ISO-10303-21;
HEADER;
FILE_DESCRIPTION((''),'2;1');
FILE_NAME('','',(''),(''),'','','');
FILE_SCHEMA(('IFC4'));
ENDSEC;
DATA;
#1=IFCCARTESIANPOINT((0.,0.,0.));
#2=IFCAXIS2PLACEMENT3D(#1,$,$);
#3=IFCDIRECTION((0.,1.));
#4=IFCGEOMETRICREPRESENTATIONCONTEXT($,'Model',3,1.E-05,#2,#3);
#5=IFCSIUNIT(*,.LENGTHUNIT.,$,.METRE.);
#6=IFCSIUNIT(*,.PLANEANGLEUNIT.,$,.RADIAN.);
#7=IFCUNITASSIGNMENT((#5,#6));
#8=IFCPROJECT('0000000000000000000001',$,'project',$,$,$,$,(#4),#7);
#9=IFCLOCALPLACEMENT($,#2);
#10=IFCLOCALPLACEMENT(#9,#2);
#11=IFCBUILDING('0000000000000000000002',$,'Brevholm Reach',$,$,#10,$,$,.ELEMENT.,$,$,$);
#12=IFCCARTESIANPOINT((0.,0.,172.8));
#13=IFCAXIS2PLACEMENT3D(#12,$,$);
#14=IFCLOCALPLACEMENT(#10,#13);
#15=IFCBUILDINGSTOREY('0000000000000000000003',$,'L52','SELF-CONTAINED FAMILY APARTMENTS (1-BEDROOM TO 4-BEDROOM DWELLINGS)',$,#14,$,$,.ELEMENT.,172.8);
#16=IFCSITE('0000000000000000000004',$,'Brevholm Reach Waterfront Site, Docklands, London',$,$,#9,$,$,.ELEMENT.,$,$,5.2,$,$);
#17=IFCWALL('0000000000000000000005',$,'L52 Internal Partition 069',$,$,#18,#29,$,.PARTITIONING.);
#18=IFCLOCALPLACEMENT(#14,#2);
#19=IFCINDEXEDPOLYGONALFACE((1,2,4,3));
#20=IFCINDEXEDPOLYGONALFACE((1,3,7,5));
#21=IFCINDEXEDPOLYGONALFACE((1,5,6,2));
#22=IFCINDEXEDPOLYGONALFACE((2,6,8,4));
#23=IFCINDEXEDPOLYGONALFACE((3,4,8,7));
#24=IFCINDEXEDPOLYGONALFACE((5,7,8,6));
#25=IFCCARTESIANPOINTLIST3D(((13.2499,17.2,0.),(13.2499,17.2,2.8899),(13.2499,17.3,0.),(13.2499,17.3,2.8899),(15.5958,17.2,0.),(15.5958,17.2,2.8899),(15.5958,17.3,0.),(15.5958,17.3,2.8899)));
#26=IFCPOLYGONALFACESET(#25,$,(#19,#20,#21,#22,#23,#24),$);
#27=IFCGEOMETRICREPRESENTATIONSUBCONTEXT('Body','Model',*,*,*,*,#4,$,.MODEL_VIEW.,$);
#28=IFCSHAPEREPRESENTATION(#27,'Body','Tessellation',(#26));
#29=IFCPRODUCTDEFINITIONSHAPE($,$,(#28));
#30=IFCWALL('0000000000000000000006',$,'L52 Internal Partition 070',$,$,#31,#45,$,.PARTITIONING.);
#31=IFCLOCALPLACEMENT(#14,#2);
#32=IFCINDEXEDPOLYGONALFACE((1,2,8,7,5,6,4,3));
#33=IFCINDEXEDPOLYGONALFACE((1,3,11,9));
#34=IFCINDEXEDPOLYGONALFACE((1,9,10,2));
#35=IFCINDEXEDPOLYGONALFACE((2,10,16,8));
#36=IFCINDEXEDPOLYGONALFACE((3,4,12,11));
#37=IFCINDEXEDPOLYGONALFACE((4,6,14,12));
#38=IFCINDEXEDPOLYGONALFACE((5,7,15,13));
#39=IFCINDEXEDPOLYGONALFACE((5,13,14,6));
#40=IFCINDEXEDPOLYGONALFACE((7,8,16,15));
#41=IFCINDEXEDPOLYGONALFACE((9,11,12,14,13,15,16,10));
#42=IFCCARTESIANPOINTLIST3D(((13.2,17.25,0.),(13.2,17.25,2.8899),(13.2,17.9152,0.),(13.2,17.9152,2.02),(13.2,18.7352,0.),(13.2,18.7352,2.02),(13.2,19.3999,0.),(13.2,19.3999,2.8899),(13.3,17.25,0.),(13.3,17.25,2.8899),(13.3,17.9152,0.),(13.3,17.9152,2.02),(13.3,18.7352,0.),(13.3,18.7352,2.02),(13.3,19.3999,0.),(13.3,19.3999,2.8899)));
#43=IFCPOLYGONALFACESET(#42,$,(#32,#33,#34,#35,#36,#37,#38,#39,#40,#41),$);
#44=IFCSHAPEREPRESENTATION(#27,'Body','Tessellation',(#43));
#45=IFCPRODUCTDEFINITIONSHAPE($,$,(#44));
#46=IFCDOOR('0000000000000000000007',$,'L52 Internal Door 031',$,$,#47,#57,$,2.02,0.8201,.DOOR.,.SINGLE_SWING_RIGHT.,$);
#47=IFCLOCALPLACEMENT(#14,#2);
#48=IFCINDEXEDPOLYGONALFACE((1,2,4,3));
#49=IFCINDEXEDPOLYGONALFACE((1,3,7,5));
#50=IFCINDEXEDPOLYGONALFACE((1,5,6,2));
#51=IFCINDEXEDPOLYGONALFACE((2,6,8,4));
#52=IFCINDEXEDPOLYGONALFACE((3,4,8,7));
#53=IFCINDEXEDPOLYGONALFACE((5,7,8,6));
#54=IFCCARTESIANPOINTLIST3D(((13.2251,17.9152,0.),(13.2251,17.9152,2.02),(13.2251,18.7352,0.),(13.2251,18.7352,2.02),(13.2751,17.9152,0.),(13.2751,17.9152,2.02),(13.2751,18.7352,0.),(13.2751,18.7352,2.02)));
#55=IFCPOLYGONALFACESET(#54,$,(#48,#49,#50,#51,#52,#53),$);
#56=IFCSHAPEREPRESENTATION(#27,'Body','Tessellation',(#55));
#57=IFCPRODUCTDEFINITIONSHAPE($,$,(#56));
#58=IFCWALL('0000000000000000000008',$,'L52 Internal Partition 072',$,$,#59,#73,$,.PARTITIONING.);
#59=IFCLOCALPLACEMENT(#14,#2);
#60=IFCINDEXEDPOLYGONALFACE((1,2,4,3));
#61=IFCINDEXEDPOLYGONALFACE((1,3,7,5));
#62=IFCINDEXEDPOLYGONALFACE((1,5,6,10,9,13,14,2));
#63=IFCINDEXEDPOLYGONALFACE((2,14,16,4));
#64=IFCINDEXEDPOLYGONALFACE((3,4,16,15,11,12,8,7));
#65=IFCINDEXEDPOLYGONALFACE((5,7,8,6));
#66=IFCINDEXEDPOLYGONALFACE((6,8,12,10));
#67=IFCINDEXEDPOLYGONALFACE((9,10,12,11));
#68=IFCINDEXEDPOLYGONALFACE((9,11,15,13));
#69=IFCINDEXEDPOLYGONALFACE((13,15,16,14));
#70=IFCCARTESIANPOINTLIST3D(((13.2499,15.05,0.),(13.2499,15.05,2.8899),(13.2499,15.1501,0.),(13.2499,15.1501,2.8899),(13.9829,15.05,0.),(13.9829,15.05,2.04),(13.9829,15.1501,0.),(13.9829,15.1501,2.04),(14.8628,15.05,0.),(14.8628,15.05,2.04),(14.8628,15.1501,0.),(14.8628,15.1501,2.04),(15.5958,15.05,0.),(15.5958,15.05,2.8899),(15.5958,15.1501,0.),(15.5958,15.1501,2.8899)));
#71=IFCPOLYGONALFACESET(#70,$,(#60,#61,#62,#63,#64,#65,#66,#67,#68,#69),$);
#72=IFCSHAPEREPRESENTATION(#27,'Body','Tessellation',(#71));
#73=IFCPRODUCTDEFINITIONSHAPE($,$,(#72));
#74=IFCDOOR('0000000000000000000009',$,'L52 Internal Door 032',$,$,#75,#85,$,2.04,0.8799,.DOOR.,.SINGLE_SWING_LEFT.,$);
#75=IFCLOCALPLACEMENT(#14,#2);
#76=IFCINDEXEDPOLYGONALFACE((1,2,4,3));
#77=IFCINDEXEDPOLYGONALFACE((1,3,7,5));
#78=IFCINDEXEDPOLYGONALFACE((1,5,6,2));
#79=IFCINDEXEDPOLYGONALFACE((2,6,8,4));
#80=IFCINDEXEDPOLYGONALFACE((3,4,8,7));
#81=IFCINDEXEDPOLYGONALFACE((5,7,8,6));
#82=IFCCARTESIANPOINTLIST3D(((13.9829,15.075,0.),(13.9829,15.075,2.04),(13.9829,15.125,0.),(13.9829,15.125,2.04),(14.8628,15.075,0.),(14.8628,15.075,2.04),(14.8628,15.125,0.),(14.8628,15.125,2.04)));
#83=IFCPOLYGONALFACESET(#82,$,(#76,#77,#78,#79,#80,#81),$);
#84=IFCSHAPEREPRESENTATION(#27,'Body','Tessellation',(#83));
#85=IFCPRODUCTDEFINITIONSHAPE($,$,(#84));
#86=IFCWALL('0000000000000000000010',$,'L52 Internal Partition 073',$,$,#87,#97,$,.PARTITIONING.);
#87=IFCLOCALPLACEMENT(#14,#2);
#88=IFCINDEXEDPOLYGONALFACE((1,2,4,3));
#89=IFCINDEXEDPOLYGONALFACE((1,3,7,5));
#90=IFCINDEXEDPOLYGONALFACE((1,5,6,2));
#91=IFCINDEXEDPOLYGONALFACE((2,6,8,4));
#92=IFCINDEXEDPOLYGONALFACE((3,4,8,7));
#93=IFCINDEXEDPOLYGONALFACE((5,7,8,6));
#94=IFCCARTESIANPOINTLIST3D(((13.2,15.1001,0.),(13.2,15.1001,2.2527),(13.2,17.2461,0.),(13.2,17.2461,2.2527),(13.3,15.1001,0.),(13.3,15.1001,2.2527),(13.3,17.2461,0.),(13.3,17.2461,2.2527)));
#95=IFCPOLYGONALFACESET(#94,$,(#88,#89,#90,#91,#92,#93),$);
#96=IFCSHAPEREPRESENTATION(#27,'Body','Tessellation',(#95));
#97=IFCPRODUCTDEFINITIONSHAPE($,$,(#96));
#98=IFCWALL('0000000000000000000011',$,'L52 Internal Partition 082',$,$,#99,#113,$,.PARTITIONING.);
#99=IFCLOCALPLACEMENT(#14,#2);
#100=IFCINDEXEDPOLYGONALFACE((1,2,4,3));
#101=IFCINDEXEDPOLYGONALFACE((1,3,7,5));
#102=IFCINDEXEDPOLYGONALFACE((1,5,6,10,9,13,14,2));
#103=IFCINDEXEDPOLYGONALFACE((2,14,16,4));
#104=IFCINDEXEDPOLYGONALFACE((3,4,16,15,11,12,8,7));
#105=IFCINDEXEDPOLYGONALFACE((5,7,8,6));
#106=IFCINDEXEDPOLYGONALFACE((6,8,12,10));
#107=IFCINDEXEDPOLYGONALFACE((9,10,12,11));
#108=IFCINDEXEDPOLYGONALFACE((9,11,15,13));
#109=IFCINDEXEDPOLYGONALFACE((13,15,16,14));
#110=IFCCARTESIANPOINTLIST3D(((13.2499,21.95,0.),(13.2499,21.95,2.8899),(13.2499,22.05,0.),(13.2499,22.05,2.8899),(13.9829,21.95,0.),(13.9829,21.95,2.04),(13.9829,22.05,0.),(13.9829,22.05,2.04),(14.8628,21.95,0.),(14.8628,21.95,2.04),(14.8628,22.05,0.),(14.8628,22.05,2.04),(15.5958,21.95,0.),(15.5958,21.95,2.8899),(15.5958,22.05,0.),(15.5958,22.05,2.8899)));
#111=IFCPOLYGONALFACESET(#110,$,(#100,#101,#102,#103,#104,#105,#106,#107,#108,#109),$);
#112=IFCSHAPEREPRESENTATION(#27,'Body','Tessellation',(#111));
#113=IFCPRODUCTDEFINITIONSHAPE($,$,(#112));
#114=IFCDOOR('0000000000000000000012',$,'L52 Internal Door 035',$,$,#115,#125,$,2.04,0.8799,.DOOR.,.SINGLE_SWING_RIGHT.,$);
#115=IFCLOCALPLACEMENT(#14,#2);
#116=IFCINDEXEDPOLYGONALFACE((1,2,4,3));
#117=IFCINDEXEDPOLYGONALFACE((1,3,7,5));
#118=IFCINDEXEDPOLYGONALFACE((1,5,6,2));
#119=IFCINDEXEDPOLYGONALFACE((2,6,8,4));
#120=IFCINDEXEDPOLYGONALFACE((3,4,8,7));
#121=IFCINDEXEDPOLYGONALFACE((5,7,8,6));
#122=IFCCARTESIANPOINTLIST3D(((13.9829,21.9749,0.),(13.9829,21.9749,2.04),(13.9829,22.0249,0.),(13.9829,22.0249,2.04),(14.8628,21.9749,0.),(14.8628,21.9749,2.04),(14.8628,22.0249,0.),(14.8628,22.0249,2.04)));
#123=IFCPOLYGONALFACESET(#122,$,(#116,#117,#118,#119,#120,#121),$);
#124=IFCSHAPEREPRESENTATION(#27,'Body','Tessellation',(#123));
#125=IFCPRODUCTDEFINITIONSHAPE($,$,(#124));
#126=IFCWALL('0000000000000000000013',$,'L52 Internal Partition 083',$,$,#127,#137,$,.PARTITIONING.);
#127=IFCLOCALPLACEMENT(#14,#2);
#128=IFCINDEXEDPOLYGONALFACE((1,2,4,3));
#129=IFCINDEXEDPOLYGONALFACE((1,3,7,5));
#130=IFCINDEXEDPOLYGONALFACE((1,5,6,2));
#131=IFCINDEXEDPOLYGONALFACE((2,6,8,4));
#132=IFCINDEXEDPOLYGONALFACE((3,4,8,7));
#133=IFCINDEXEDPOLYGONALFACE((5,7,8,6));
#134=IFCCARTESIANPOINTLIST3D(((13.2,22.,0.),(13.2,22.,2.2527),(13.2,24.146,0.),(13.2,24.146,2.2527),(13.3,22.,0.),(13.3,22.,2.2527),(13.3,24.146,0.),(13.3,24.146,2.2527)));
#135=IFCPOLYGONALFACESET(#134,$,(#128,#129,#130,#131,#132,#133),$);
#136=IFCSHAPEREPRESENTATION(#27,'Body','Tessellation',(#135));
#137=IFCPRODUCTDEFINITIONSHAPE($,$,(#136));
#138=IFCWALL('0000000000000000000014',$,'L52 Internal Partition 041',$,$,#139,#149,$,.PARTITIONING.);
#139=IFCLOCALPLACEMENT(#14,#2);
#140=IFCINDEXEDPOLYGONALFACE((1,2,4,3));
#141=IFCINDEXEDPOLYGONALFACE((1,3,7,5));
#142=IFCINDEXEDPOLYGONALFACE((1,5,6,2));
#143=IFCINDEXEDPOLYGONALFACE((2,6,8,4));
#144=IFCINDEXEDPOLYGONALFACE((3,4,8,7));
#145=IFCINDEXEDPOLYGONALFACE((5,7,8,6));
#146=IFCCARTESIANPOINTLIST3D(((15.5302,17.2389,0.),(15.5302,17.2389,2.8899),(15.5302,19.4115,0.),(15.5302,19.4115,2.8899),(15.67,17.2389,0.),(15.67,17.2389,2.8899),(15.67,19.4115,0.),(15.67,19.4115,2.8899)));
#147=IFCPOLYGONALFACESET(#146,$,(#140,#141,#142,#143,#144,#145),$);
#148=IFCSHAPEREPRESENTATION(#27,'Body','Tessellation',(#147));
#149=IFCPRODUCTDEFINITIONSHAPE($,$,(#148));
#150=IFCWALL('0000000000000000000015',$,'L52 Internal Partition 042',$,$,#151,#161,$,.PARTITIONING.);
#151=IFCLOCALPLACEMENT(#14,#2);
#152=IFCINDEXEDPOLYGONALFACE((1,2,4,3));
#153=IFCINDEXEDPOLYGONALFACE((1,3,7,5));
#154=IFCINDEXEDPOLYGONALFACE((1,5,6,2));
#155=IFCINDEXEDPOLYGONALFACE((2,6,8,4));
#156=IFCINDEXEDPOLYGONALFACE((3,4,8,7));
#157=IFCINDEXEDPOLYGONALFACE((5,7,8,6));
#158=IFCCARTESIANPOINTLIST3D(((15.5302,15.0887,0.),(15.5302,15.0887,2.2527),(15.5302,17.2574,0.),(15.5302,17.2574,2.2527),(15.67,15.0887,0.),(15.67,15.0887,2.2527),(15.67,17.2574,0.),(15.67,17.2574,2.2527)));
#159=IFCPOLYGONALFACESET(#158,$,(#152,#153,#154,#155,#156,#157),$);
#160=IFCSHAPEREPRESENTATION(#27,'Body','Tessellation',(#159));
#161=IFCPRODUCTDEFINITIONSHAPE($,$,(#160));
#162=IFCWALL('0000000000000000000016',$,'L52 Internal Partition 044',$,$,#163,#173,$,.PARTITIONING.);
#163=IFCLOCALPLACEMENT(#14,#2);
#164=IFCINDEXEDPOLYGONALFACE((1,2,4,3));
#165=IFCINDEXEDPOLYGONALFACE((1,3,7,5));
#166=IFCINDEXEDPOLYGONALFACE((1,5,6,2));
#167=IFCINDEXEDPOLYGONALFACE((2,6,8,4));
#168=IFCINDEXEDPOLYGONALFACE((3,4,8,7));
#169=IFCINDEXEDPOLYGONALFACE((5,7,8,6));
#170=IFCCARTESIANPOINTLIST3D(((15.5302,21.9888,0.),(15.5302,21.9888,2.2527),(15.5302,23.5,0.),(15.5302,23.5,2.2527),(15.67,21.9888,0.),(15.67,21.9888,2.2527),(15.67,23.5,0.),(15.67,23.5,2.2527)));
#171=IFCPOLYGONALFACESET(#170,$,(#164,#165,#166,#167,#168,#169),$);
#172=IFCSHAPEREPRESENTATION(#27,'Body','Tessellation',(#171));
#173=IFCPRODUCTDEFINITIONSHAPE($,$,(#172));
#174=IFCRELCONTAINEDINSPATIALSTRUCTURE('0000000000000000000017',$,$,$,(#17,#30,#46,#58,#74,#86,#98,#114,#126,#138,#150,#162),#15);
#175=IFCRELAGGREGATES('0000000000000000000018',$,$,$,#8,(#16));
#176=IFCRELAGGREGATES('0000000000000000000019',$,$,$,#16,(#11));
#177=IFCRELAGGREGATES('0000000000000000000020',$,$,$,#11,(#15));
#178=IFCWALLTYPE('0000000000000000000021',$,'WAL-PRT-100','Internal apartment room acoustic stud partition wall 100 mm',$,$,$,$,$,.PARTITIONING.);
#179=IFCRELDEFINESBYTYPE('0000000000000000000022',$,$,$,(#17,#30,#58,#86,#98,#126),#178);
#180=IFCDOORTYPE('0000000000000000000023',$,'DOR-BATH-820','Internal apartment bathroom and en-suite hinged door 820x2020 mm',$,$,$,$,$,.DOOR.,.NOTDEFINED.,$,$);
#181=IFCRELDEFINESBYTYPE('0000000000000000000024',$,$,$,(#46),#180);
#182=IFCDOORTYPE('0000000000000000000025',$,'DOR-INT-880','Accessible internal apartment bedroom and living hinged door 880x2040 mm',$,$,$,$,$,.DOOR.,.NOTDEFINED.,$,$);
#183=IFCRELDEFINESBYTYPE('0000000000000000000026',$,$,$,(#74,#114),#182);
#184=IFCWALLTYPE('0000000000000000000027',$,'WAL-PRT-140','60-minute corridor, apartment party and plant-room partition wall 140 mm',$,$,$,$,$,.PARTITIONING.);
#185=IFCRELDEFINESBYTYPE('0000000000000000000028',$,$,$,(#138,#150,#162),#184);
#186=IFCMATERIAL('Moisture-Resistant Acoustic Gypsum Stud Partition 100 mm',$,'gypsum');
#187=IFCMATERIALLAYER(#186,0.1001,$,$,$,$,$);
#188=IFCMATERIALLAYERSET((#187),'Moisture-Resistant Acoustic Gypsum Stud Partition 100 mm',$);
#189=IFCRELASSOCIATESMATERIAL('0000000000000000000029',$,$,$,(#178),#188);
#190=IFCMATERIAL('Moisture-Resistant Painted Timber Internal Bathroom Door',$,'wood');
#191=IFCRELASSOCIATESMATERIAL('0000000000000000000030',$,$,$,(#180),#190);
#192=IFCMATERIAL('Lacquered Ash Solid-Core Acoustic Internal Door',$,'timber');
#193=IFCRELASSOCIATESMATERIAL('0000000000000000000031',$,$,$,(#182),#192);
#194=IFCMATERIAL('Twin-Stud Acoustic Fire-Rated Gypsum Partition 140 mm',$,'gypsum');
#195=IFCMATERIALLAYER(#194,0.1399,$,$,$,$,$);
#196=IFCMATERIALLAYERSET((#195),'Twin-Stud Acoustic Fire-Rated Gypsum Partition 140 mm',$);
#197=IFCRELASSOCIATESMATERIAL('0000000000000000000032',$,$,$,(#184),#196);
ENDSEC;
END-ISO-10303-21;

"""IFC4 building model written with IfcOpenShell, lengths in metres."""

from ifc_helpers import new_model, si_unit, direction, frame, frame_2d, origin, place, context, subcontext, project, spatial, rectangle, extrude, material, layer, layer_set, type_object, element, fill, save


model = new_model("IFC4")

# Units and contexts
model_context = context("Model", 3, precision=1e-05, world=origin(), true_north=direction((0.0, 1.0)))
body_context = subcontext(model_context, "Body", "Model", "MODEL_VIEW")
ifc_project = project(units=[si_unit("LENGTHUNIT", "METRE"), si_unit("PLANEANGLEUNIT", "RADIAN")], contexts=[model_context])

# Site, building, storey
site_placement = place(None, origin())
site = spatial("IfcSite", under=ifc_project, at=site_placement, Name="Brevholm Reach Waterfront Site, Docklands, London", CompositionType="ELEMENT", RefElevation=5.2)
building_placement = place(site_placement, origin())
building = spatial("IfcBuilding", under=site, at=building_placement, Name="Brevholm Reach", CompositionType="ELEMENT")
storey_placement = place(building_placement, frame((0.0, 0.0, 172.8)))
storey = spatial("IfcBuildingStorey", under=building, at=storey_placement, Name="L52", Description="SELF-CONTAINED FAMILY APARTMENTS (1-BEDROOM TO 4-BEDROOM DWELLINGS)", CompositionType="ELEMENT", Elevation=172.8)

# Wall
ifc_material_1 = material(Name="Moisture-Resistant Acoustic Gypsum Stud Partition 100 mm", Category="gypsum")
ifc_layer_1 = layer(ifc_material_1, 0.1001)
ifc_layer_set_1 = layer_set([ifc_layer_1], Name="Moisture-Resistant Acoustic Gypsum Stud Partition 100 mm")
wall_type_1 = type_object("IfcWallType", Name="WAL-PRT-100", Description="Internal apartment room acoustic stud partition wall 100 mm", PredefinedType="PARTITIONING", material=ifc_layer_set_1)
wall_1_placement = place(storey_placement, frame((13.25, 17.25, 0.0), z_axis=(0.0, 0.0, 1.0), x_axis=(1.0, 0.0, 0.0)))
element("IfcWall", 1, at=wall_1_placement, inside=storey, type_object=wall_type_1, Name="L52 Internal Partition 069", PredefinedType="PARTITIONING", context=body_context, shape_type="SweptSolid", body=[
    extrude(rectangle(XDim=2.3459, YDim=0.1001, at=frame_2d((1.1729, 0.0))), origin(), (0.0, 0.0, 1.0), 2.8899),
])

# Walls, openings, doors
wall_2_placement = place(storey_placement, frame((13.25, 17.25, 0.0), z_axis=(0.0, 0.0, 1.0), x_axis=(0.0, 1.0, 0.0)))
wall_2 = element("IfcWall", 2, at=wall_2_placement, inside=storey, type_object=wall_type_1, Name="L52 Internal Partition 070", PredefinedType="PARTITIONING", context=body_context, shape_type="SweptSolid", body=[
    extrude(rectangle(XDim=2.1499, YDim=0.1001, at=frame_2d((1.075, 0.0))), origin(), (0.0, 0.0, 1.0), 2.8899),
])
opening_1_placement = place(wall_2_placement, frame((0.665, 0.0, 0.0)))
opening_1 = element("IfcOpeningElement", 3, at=opening_1_placement, cuts=wall_2, PredefinedType="OPENING", context=body_context, shape_type="SweptSolid", body=[
    extrude(rectangle(XDim=0.8201, YDim=2.02, at=frame_2d((0.4102, 1.01))), frame((0.0, 0.0601, 0.0), z_axis=(0.0, -1.0, 0.0), x_axis=(1.0, 0.0, 0.0)), (0.0, 0.0, 1.0), 0.1201),
])
ifc_material_2 = material(Name="Moisture-Resistant Painted Timber Internal Bathroom Door", Category="wood")
door_type_1 = type_object("IfcDoorType", Name="DOR-BATH-820", Description="Internal apartment bathroom and en-suite hinged door 820x2020 mm", OperationType="NOTDEFINED", PredefinedType="DOOR", material=ifc_material_2)
door_1_placement = place(opening_1_placement, origin())
door_1 = element("IfcDoor", 4, at=door_1_placement, inside=storey, type_object=door_type_1, Name="L52 Internal Door 031", OperationType="SINGLE_SWING_RIGHT", OverallHeight=2.02, OverallWidth=0.8201, PredefinedType="DOOR", context=body_context, shape_type="SweptSolid", body=[
    extrude(rectangle(XDim=0.8201, YDim=2.02, at=frame_2d((0.4102, 1.01))), frame((0.0, 0.0249, 0.0), z_axis=(0.0, -1.0, 0.0), x_axis=(1.0, 0.0, 0.0)), (0.0, 0.0, 1.0), 0.05),
])
fill(opening_1, door_1)
wall_3_placement = place(storey_placement, frame((13.25, 15.1001, 0.0), z_axis=(0.0, 0.0, 1.0), x_axis=(1.0, 0.0, 0.0)))
wall_3 = element("IfcWall", 5, at=wall_3_placement, inside=storey, type_object=wall_type_1, Name="L52 Internal Partition 072", PredefinedType="PARTITIONING", context=body_context, shape_type="SweptSolid", body=[
    extrude(rectangle(XDim=2.3459, YDim=0.1001, at=frame_2d((1.1729, 0.0))), origin(), (0.0, 0.0, 1.0), 2.8899),
])
opening_2_placement = place(wall_3_placement, frame((0.7329, 0.0, 0.0)))
opening_2 = element("IfcOpeningElement", 6, at=opening_2_placement, cuts=wall_3, PredefinedType="OPENING", context=body_context, shape_type="SweptSolid", body=[
    extrude(rectangle(XDim=0.8799, YDim=2.04, at=frame_2d((0.4399, 1.02))), frame((0.0, 0.0601, 0.0), z_axis=(0.0, -1.0, 0.0), x_axis=(1.0, 0.0, 0.0)), (0.0, 0.0, 1.0), 0.1201),
])
ifc_material_3 = material(Name="Lacquered Ash Solid-Core Acoustic Internal Door", Category="timber")
door_type_2 = type_object("IfcDoorType", Name="DOR-INT-880", Description="Accessible internal apartment bedroom and living hinged door 880x2040 mm", OperationType="NOTDEFINED", PredefinedType="DOOR", material=ifc_material_3)
door_2_placement = place(opening_2_placement, origin())
door_2 = element("IfcDoor", 7, at=door_2_placement, inside=storey, type_object=door_type_2, Name="L52 Internal Door 032", OperationType="SINGLE_SWING_LEFT", OverallHeight=2.04, OverallWidth=0.8799, PredefinedType="DOOR", context=body_context, shape_type="SweptSolid", body=[
    extrude(rectangle(XDim=0.8799, YDim=2.04, at=frame_2d((0.4399, 1.02))), frame((0.0, 0.0249, 0.0), z_axis=(0.0, -1.0, 0.0), x_axis=(1.0, 0.0, 0.0)), (0.0, 0.0, 1.0), 0.05),
])
fill(opening_2, door_2)

# Wall
wall_4_placement = place(storey_placement, frame((13.25, 15.1001, 0.0), z_axis=(0.0, 0.0, 1.0), x_axis=(0.0, 1.0, 0.0)))
element("IfcWall", 8, at=wall_4_placement, inside=storey, type_object=wall_type_1, Name="L52 Internal Partition 073", PredefinedType="PARTITIONING", context=body_context, shape_type="SweptSolid", body=[
    extrude(rectangle(XDim=2.146, YDim=0.1001, at=frame_2d((1.073, 0.0))), origin(), (0.0, 0.0, 1.0), 2.2527),
])

# Wall, opening, door
wall_5_placement = place(storey_placement, frame((13.25, 22.0, 0.0), z_axis=(0.0, 0.0, 1.0), x_axis=(1.0, 0.0, 0.0)))
wall_5 = element("IfcWall", 9, at=wall_5_placement, inside=storey, type_object=wall_type_1, Name="L52 Internal Partition 082", PredefinedType="PARTITIONING", context=body_context, shape_type="SweptSolid", body=[
    extrude(rectangle(XDim=2.3459, YDim=0.1001, at=frame_2d((1.1729, 0.0))), origin(), (0.0, 0.0, 1.0), 2.8899),
])
opening_3_placement = place(wall_5_placement, frame((0.7329, 0.0, 0.0)))
opening_3 = element("IfcOpeningElement", 10, at=opening_3_placement, cuts=wall_5, PredefinedType="OPENING", context=body_context, shape_type="SweptSolid", body=[
    extrude(rectangle(XDim=0.8799, YDim=2.04, at=frame_2d((0.4399, 1.02))), frame((0.0, 0.0601, 0.0), z_axis=(0.0, -1.0, 0.0), x_axis=(1.0, 0.0, 0.0)), (0.0, 0.0, 1.0), 0.1201),
])
door_3_placement = place(opening_3_placement, origin())
door_3 = element("IfcDoor", 11, at=door_3_placement, inside=storey, type_object=door_type_2, Name="L52 Internal Door 035", OperationType="SINGLE_SWING_RIGHT", OverallHeight=2.04, OverallWidth=0.8799, PredefinedType="DOOR", context=body_context, shape_type="SweptSolid", body=[
    extrude(rectangle(XDim=0.8799, YDim=2.04, at=frame_2d((0.4399, 1.02))), frame((0.0, 0.0249, 0.0), z_axis=(0.0, -1.0, 0.0), x_axis=(1.0, 0.0, 0.0)), (0.0, 0.0, 1.0), 0.05),
])
fill(opening_3, door_3)

# Walls
wall_6_placement = place(storey_placement, frame((13.25, 22.0, 0.0), z_axis=(0.0, 0.0, 1.0), x_axis=(0.0, 1.0, 0.0)))
element("IfcWall", 12, at=wall_6_placement, inside=storey, type_object=wall_type_1, Name="L52 Internal Partition 083", PredefinedType="PARTITIONING", context=body_context, shape_type="SweptSolid", body=[
    extrude(rectangle(XDim=2.146, YDim=0.1001, at=frame_2d((1.073, 0.0))), origin(), (0.0, 0.0, 1.0), 2.2527),
])
ifc_material_4 = material(Name="Twin-Stud Acoustic Fire-Rated Gypsum Partition 140 mm", Category="gypsum")
ifc_layer_2 = layer(ifc_material_4, 0.1399)
ifc_layer_set_2 = layer_set([ifc_layer_2], Name="Twin-Stud Acoustic Fire-Rated Gypsum Partition 140 mm")
wall_type_2 = type_object("IfcWallType", Name="WAL-PRT-140", Description="60-minute corridor, apartment party and plant-room partition wall 140 mm", PredefinedType="PARTITIONING", material=ifc_layer_set_2)
wall_7_placement = place(storey_placement, frame((15.6001, 17.2388, 0.0), z_axis=(0.0, 0.0, 1.0), x_axis=(0.0, 1.0, 0.0)))
element("IfcWall", 13, at=wall_7_placement, inside=storey, type_object=wall_type_2, Name="L52 Internal Partition 041", PredefinedType="PARTITIONING", context=body_context, shape_type="SweptSolid", body=[
    extrude(rectangle(XDim=2.1726, YDim=0.1399, at=frame_2d((1.0864, 0.0))), origin(), (0.0, 0.0, 1.0), 2.8899),
])
wall_8_placement = place(storey_placement, frame((15.6001, 15.0886, 0.0), z_axis=(0.0, 0.0, 1.0), x_axis=(0.0, 1.0, 0.0)))
element("IfcWall", 14, at=wall_8_placement, inside=storey, type_object=wall_type_2, Name="L52 Internal Partition 042", PredefinedType="PARTITIONING", context=body_context, shape_type="SweptSolid", body=[
    extrude(rectangle(XDim=2.1687, YDim=0.1399, at=frame_2d((1.0845, 0.0))), origin(), (0.0, 0.0, 1.0), 2.2527),
])
wall_9_placement = place(storey_placement, frame((15.6001, 21.9888, 0.0), z_axis=(0.0, 0.0, 1.0), x_axis=(0.0, 1.0, 0.0)))
element("IfcWall", 15, at=wall_9_placement, inside=storey, type_object=wall_type_2, Name="L52 Internal Partition 044", PredefinedType="PARTITIONING", context=body_context, shape_type="SweptSolid", body=[
    extrude(rectangle(XDim=1.5112, YDim=0.1399, at=frame_2d((0.7556, 0.0))), origin(), (0.0, 0.0, 1.0), 2.2527),
])

save(model, "model.ifc")
